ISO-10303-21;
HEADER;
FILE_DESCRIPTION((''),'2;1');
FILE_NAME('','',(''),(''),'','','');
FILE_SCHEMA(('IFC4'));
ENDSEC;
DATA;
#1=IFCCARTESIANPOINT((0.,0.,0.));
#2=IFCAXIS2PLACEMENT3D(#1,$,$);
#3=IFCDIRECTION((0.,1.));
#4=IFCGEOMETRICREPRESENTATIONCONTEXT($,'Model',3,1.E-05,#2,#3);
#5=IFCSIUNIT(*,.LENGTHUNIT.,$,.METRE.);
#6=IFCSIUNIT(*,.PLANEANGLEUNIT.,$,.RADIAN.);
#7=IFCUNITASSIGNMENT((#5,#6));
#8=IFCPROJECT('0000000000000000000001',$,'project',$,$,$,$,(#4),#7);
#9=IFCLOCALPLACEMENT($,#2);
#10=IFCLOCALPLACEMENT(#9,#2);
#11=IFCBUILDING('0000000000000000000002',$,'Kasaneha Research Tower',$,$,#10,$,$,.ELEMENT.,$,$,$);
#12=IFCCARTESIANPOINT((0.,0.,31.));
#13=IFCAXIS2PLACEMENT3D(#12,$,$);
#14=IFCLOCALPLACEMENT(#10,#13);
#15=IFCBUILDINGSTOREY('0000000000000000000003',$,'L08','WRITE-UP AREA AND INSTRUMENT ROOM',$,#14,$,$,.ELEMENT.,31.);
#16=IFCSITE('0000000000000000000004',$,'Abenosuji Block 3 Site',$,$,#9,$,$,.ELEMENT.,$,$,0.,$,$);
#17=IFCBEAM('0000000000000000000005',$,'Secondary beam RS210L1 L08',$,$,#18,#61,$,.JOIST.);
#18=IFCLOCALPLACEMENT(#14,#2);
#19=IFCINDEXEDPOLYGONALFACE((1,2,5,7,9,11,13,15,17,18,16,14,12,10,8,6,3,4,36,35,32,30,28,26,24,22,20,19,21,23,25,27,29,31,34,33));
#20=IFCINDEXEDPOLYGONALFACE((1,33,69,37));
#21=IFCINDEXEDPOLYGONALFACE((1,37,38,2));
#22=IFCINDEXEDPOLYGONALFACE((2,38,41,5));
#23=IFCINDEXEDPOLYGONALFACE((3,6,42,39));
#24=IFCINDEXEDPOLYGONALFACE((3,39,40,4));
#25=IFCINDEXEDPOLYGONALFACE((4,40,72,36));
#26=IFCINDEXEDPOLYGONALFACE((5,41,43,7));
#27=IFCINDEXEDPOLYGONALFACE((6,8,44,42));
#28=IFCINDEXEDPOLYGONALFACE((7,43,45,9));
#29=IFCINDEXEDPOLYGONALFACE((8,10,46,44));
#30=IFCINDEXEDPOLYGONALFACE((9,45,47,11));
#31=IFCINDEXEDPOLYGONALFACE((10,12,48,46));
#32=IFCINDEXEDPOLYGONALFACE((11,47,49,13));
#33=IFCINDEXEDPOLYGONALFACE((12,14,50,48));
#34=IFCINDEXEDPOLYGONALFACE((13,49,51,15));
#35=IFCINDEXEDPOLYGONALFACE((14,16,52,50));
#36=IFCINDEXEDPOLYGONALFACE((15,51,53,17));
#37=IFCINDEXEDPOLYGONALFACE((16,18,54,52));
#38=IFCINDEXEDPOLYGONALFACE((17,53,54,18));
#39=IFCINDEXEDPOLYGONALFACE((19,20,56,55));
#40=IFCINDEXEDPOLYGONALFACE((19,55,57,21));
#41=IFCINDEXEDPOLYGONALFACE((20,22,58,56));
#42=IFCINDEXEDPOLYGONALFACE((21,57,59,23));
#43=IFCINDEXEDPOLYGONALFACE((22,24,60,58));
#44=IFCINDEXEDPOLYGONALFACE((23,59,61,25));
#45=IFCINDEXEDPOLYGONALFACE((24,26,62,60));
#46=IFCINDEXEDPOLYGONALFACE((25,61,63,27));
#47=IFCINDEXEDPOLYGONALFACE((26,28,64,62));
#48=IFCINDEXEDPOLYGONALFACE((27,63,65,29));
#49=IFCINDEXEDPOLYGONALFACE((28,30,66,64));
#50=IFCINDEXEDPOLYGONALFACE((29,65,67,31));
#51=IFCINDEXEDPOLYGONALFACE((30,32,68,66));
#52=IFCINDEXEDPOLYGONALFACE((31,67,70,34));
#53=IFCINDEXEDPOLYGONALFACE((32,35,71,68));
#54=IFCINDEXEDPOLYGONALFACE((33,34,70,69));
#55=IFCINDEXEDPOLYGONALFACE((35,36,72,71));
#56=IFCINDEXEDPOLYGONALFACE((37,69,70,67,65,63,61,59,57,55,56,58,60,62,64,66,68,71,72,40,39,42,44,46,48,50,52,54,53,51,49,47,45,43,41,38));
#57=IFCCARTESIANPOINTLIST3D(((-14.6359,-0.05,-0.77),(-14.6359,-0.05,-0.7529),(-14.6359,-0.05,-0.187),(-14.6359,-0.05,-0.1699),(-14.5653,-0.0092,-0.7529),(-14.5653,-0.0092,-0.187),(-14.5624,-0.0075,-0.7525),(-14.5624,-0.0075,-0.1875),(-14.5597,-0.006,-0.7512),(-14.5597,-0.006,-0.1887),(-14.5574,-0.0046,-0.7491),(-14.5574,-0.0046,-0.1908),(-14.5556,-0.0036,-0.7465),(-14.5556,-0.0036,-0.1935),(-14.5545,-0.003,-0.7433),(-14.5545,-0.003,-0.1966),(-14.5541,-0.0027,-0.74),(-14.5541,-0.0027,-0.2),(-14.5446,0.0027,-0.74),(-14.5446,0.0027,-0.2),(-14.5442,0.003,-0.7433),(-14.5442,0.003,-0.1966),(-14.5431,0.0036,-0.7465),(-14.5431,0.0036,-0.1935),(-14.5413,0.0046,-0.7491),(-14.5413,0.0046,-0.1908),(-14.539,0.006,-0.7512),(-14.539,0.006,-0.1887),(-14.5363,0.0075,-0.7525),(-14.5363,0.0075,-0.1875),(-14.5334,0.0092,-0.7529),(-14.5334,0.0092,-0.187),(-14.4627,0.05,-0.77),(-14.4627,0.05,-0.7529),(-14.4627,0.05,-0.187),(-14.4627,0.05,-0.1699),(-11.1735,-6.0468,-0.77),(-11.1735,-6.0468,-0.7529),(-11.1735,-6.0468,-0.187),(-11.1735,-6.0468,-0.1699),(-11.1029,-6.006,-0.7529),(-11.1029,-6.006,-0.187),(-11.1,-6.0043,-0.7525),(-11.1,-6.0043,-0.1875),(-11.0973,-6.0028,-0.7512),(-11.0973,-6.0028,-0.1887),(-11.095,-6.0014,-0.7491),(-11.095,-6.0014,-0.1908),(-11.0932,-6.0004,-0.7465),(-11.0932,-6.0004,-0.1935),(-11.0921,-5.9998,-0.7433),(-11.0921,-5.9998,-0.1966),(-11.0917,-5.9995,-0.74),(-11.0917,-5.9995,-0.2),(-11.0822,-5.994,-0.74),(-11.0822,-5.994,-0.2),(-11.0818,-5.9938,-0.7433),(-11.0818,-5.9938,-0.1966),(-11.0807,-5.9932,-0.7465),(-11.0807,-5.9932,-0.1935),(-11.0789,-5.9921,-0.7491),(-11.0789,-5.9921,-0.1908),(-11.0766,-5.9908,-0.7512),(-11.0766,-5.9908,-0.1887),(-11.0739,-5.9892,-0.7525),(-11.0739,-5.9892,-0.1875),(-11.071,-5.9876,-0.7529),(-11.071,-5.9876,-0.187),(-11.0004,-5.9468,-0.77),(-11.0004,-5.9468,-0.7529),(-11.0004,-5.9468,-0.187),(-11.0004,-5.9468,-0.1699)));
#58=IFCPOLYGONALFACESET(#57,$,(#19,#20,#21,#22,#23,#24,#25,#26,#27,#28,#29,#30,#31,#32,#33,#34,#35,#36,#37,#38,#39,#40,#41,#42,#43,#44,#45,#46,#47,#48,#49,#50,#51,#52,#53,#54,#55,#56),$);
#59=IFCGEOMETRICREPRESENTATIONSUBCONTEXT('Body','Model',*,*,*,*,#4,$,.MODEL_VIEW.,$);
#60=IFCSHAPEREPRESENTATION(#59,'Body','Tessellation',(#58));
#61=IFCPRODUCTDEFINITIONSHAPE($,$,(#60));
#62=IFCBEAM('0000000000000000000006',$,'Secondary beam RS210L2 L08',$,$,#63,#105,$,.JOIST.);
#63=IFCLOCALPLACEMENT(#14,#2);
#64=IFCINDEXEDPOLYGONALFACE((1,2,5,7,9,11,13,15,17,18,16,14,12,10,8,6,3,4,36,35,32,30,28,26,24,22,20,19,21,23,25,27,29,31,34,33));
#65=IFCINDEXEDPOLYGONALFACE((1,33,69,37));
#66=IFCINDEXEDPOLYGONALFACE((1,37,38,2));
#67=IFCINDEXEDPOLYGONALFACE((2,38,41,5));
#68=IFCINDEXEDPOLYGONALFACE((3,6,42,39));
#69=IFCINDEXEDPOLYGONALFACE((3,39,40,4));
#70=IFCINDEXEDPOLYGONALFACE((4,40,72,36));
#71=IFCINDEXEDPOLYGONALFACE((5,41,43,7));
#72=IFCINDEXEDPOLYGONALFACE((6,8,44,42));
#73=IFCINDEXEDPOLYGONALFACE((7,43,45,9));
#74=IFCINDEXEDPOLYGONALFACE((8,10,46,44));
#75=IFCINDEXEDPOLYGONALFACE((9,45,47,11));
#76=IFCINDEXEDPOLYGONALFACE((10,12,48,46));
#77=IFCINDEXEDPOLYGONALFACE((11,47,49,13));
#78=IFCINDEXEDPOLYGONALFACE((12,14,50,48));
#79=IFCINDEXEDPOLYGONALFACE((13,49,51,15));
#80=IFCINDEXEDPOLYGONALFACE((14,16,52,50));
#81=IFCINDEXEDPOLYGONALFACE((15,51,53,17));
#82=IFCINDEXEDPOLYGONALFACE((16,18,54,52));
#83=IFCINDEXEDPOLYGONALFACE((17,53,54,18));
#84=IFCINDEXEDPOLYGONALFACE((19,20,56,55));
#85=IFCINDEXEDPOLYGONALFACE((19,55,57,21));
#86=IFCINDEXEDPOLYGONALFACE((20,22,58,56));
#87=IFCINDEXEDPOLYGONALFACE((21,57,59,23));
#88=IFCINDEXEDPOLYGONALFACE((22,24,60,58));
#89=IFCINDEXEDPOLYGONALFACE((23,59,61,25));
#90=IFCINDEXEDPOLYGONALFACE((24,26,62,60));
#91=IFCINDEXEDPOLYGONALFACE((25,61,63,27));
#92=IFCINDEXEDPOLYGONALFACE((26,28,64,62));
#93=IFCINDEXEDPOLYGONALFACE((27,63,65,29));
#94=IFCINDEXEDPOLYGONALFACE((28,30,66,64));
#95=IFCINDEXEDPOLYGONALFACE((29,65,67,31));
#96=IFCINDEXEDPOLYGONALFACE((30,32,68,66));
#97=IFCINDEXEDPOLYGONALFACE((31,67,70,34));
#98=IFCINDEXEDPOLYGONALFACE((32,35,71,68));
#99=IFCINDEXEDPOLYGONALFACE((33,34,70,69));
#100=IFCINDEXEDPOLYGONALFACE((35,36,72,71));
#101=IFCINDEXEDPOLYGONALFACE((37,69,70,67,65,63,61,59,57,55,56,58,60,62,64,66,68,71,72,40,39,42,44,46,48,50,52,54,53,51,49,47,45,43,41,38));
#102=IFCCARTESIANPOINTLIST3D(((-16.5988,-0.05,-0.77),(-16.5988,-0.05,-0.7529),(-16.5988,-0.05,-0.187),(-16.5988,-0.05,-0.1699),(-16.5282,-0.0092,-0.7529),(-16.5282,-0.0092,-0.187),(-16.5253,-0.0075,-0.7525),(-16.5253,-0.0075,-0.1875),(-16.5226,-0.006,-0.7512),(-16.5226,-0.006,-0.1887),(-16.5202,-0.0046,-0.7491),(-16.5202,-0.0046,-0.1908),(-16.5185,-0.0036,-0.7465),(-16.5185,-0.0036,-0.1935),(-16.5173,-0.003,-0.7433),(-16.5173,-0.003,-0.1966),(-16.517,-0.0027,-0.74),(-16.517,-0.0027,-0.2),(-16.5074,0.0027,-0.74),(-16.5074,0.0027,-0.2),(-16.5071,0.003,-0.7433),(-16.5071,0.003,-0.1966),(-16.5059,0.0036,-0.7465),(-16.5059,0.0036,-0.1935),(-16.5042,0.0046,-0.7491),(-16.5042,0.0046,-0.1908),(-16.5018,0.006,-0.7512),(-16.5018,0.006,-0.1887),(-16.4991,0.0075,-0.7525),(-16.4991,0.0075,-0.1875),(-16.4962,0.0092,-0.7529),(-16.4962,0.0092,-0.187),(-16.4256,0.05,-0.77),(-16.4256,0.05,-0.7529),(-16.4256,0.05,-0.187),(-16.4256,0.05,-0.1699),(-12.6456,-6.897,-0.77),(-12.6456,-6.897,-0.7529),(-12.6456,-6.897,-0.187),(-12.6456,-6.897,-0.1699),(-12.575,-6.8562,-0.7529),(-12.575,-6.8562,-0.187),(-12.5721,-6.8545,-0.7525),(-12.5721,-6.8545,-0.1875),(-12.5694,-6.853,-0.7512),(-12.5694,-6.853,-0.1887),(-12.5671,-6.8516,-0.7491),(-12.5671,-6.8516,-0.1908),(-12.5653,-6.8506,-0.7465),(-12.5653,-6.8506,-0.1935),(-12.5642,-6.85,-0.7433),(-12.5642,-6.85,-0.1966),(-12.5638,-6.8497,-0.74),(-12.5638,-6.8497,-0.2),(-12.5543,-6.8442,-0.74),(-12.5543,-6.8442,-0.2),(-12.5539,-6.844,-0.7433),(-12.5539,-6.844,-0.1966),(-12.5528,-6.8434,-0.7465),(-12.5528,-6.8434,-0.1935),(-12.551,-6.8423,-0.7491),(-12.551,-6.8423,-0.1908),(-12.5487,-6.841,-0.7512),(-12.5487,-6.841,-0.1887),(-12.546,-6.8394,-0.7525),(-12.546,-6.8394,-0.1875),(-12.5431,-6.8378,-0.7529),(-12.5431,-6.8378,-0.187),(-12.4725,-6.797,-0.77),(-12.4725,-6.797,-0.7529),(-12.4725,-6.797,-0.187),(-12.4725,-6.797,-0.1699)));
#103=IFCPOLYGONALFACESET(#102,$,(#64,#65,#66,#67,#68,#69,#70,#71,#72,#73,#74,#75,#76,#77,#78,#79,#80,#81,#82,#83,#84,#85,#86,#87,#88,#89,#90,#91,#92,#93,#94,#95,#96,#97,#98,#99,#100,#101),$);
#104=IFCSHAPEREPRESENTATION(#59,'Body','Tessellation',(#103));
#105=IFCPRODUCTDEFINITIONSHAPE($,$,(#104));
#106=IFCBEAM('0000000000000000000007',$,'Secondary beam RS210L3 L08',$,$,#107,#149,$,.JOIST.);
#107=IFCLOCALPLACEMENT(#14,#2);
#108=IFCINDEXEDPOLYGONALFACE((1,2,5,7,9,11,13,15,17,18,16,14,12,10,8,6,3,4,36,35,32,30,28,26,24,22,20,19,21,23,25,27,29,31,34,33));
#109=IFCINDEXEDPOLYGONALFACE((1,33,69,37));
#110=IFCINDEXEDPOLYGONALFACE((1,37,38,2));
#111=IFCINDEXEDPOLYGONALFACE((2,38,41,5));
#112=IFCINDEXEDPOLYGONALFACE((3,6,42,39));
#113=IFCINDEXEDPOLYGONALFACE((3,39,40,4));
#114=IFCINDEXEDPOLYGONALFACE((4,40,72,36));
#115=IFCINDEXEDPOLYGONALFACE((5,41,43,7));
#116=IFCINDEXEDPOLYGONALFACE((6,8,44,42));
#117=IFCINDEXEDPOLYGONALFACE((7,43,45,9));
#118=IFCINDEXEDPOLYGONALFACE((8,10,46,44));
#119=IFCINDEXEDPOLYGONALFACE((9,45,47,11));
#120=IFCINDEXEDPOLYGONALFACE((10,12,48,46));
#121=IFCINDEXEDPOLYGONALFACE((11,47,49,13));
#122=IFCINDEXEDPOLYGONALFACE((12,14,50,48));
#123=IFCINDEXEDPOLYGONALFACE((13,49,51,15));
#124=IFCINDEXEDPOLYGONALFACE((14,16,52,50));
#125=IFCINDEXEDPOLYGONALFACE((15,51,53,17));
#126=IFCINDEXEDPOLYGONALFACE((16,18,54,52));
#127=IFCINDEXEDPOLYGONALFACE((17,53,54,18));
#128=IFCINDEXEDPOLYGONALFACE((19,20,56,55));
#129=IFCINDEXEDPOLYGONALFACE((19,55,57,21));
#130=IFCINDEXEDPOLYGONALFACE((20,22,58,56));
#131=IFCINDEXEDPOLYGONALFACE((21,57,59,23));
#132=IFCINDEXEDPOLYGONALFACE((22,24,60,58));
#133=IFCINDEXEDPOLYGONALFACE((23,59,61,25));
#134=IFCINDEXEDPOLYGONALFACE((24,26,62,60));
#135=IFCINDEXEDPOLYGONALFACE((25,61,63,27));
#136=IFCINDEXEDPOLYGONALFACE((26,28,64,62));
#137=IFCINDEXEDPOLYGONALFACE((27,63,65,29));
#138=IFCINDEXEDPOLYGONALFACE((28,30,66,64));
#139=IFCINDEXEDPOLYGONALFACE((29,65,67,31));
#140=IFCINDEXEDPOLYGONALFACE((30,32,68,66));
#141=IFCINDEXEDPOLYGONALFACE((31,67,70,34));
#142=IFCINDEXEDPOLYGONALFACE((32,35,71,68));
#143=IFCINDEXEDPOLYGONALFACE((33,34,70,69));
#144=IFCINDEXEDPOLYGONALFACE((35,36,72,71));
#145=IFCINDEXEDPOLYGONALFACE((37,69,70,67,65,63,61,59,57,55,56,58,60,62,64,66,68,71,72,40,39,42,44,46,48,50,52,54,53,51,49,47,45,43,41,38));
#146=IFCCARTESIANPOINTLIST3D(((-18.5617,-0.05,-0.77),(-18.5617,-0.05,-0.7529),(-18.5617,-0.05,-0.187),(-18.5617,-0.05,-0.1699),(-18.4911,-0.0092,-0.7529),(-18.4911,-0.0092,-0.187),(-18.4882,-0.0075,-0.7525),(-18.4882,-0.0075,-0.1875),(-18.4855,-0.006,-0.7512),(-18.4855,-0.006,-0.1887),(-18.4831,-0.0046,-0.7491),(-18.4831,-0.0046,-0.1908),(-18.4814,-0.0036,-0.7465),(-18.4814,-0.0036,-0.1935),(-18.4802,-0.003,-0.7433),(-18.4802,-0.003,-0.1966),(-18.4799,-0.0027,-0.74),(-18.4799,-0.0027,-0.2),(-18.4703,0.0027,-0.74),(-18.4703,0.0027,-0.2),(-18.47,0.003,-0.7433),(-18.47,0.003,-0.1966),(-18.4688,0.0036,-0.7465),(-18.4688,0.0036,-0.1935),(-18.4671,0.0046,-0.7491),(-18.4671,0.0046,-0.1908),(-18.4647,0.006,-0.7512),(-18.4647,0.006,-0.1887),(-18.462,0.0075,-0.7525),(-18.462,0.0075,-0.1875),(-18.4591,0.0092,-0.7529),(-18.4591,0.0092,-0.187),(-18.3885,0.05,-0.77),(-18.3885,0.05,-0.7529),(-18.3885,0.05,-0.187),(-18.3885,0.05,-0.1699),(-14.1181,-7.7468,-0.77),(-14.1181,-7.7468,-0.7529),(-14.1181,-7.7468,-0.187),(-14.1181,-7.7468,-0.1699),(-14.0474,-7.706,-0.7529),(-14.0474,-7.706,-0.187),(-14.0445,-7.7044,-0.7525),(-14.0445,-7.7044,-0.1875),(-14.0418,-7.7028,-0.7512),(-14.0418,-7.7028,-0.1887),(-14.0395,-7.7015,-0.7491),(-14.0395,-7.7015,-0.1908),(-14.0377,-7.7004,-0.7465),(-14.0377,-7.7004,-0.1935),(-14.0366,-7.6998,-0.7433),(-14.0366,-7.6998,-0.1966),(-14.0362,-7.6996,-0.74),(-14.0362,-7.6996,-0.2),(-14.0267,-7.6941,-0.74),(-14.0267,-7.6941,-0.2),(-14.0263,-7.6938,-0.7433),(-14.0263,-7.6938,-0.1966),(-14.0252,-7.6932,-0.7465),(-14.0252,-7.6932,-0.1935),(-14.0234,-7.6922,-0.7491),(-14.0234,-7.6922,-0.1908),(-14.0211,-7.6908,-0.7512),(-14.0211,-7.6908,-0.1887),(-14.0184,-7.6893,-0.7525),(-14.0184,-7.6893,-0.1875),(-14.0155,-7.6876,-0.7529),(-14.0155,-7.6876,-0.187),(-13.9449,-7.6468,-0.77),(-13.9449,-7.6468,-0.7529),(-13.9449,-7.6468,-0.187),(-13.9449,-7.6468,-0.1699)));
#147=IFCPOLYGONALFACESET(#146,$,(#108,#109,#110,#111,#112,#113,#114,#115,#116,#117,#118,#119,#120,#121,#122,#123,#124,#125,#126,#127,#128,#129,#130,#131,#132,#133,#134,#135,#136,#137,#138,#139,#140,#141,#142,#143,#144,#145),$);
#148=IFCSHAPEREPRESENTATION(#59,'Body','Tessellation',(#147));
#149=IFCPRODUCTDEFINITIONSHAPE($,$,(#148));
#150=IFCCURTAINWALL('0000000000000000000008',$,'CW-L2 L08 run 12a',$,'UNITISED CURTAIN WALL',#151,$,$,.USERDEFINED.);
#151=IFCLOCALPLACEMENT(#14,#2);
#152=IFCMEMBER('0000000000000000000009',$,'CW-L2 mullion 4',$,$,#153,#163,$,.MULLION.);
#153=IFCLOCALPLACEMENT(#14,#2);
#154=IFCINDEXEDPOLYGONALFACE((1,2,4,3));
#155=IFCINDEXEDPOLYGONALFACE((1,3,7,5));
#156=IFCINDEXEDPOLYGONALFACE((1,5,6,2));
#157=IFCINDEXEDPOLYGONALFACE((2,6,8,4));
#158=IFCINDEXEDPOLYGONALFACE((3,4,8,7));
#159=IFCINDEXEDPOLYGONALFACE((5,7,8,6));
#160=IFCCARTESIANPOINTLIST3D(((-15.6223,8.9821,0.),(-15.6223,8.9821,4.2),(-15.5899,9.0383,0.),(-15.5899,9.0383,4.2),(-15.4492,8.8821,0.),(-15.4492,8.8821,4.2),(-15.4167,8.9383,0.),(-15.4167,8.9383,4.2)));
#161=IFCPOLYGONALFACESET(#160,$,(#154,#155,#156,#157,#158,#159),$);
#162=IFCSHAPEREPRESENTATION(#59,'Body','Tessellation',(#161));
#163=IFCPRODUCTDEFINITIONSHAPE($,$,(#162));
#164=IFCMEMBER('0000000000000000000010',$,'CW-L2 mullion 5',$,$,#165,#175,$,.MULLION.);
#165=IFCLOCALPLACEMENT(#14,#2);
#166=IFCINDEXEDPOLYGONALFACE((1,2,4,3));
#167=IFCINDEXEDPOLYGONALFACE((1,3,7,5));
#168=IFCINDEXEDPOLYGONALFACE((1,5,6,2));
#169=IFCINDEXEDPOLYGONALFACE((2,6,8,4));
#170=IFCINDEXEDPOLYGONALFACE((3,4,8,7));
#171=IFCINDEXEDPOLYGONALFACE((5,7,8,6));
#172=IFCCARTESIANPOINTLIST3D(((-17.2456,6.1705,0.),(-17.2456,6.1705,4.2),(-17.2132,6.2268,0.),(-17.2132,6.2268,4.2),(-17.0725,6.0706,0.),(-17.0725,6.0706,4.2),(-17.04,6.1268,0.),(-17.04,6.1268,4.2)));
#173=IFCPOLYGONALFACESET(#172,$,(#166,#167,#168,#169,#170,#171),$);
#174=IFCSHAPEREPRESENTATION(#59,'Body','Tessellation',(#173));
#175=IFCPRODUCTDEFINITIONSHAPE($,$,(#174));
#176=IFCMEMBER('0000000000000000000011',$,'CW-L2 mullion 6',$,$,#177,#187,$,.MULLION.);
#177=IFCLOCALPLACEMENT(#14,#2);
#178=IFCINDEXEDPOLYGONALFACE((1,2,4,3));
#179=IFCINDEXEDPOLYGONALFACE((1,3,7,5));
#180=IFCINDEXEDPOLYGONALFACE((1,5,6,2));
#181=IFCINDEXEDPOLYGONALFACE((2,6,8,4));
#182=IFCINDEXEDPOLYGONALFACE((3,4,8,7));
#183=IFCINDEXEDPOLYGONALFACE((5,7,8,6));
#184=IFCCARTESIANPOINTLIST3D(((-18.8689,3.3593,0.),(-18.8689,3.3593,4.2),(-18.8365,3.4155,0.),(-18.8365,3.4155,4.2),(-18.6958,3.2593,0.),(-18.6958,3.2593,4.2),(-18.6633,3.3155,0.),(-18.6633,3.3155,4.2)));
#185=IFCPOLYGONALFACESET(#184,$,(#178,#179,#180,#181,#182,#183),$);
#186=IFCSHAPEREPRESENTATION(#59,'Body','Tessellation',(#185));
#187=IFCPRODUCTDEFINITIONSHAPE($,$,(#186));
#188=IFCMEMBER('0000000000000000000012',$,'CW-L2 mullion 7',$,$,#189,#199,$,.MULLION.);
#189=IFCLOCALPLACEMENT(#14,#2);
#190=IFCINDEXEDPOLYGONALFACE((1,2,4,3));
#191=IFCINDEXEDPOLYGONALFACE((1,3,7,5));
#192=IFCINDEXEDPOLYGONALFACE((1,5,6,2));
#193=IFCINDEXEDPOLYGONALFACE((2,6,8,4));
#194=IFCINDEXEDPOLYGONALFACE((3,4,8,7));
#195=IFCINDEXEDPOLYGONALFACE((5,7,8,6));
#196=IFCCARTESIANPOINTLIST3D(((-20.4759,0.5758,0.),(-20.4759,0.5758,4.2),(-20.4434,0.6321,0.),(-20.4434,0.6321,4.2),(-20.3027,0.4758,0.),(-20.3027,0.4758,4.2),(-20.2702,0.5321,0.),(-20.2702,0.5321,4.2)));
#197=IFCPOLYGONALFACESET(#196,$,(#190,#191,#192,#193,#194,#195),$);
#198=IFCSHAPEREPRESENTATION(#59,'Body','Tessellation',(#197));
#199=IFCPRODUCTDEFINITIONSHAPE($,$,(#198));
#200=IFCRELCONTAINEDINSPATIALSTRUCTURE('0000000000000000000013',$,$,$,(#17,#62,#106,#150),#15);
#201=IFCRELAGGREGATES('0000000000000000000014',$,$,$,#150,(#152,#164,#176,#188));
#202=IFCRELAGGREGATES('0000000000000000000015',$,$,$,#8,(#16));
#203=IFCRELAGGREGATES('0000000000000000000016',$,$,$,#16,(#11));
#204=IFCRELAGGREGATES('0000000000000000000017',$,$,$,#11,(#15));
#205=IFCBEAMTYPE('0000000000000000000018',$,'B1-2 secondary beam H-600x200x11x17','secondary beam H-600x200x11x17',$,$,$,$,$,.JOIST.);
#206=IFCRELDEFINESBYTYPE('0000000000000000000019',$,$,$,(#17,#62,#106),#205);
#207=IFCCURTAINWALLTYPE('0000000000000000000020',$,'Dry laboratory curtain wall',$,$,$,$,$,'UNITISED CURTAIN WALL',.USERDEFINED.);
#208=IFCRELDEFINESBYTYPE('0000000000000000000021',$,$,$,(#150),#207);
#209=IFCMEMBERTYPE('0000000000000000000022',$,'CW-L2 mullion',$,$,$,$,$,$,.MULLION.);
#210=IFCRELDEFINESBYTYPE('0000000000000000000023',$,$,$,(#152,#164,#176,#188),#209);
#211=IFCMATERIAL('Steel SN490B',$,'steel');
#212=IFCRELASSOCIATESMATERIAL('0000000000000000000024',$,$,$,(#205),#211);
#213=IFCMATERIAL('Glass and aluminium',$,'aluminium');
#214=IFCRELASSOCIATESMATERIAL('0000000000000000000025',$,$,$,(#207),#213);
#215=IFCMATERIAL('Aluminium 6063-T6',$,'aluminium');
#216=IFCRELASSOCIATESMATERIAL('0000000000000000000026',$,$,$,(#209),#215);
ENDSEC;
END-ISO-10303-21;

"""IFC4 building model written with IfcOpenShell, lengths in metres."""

from ifc_helpers import new_model, si_unit, direction, frame, origin, origin_2d, place, context, subcontext, project, spatial, rectangle, i_section, extrude, material, material_profile, profile_set, type_object, element, aggregate, save


model = new_model("IFC4")

# Units and contexts
model_context = context("Model", 3, precision=1e-05, world=origin(), true_north=direction((0.0, 1.0)))
body_context = subcontext(model_context, "Body", "Model", "MODEL_VIEW")
ifc_project = project(units=[si_unit("LENGTHUNIT", "METRE"), si_unit("PLANEANGLEUNIT", "RADIAN")], contexts=[model_context])

# Site, building, storey
site_placement = place(None, origin())
site = spatial("IfcSite", under=ifc_project, at=site_placement, Name="Abenosuji Block 3 Site", CompositionType="ELEMENT", RefElevation=0.0)
building_placement = place(site_placement, origin())
building = spatial("IfcBuilding", under=site, at=building_placement, Name="Kasaneha Research Tower", CompositionType="ELEMENT")
storey_placement = place(building_placement, frame((0.0, 0.0, 31.0)))
storey = spatial("IfcBuildingStorey", under=building, at=storey_placement, Name="L08", Description="WRITE-UP AREA AND INSTRUMENT ROOM", CompositionType="ELEMENT", Elevation=31.0)

# Beams
ifc_material_1 = material(Name="Steel SN490B", Category="steel")
ifc_material_profile_1 = material_profile(ifc_material_1, i_section(OverallWidth=0.2, OverallDepth=0.6001, WebThickness=0.011, FlangeThickness=0.0171, FilletRadius=0.0129, at=origin_2d()), Name="H-600x200x11x17")
ifc_profile_set_1 = profile_set([ifc_material_profile_1], Name="Steel SN490B")
beam_type_1 = type_object("IfcBeamType", Name="B1-2 secondary beam H-600x200x11x17", Description="secondary beam H-600x200x11x17", PredefinedType="JOIST", material=ifc_profile_set_1)
beam_1_placement = place(storey_placement, frame((-14.5493, 0.0, -0.47), z_axis=(0.500014, -0.866017, 0.0), x_axis=(0.866017, 0.500014, 0.0)))
element("IfcBeam", 1, at=beam_1_placement, inside=storey, type_object=beam_type_1, Name="Secondary beam RS210L1 L08", PredefinedType="JOIST", context=body_context, shape_type="SweptSolid", body=[
    extrude(i_section(OverallWidth=0.2, OverallDepth=0.6001, WebThickness=0.011, FlangeThickness=0.0171, FilletRadius=0.0129, at=origin_2d()), origin(), (0.0, 0.0, 1.0), 6.9246),
])
beam_2_placement = place(storey_placement, frame((-16.5122, 0.0, -0.47), z_axis=(0.500005, -0.866023, 0.0), x_axis=(0.866023, 0.500005, 0.0)))
element("IfcBeam", 2, at=beam_2_placement, inside=storey, type_object=beam_type_1, Name="Secondary beam RS210L2 L08", PredefinedType="JOIST", context=body_context, shape_type="SweptSolid", body=[
    extrude(i_section(OverallWidth=0.2, OverallDepth=0.6001, WebThickness=0.011, FlangeThickness=0.0171, FilletRadius=0.0129, at=origin_2d()), origin(), (0.0, 0.0, 1.0), 7.9062),
])
beam_3_placement = place(storey_placement, frame((-18.4751, 0.0, -0.47), z_axis=(0.499989, -0.866032, 0.0), x_axis=(0.866032, 0.499989, 0.0)))
element("IfcBeam", 3, at=beam_3_placement, inside=storey, type_object=beam_type_1, Name="Secondary beam RS210L3 L08", PredefinedType="JOIST", context=body_context, shape_type="SweptSolid", body=[
    extrude(i_section(OverallWidth=0.2, OverallDepth=0.6001, WebThickness=0.011, FlangeThickness=0.0171, FilletRadius=0.0129, at=origin_2d()), origin(), (0.0, 0.0, 1.0), 8.8875),
])

# Curtain wall, members
ifc_material_2 = material(Name="Glass and aluminium", Category="aluminium")
curtain_wall_type = type_object("IfcCurtainWallType", Name="Dry laboratory curtain wall", ElementType="UNITISED CURTAIN WALL", PredefinedType="USERDEFINED", material=ifc_material_2)
curtain_wall_1_placement = place(storey_placement, origin())
curtain_wall_1 = element("IfcCurtainWall", 4, at=curtain_wall_1_placement, inside=storey, type_object=curtain_wall_type, Name="CW-L2 L08 run 12a", ObjectType="UNITISED CURTAIN WALL", PredefinedType="USERDEFINED")
ifc_material_3 = material(Name="Aluminium 6063-T6", Category="aluminium")
ifc_material_profile_2 = material_profile(ifc_material_3, rectangle(XDim=0.0649, YDim=0.2, at=origin_2d()), Name="CW-L2 mullion 65x200")
ifc_profile_set_2 = profile_set([ifc_material_profile_2], Name="Aluminium 6063-T6")
member_type_1 = type_object("IfcMemberType", Name="CW-L2 mullion", PredefinedType="MULLION", material=ifc_profile_set_2)
member_1_placement = place(storey_placement, frame((-15.5195, 8.9602, 0.0), z_axis=(0.0, 0.0, 1.0), x_axis=(-0.5, -0.866025, 0.0)))
member_1 = element("IfcMember", 5, at=member_1_placement, type_object=member_type_1, Name="CW-L2 mullion 4", PredefinedType="MULLION", context=body_context, shape_type="SweptSolid", body=[
    extrude(rectangle(XDim=0.0649, YDim=0.2, at=origin_2d()), origin(), (0.0, 0.0, 1.0), 4.2),
])
member_2_placement = place(storey_placement, frame((-17.1428, 6.1487, 0.0), z_axis=(0.0, 0.0, 1.0), x_axis=(-0.5, -0.866025, 0.0)))
member_2 = element("IfcMember", 6, at=member_2_placement, type_object=member_type_1, Name="CW-L2 mullion 5", PredefinedType="MULLION", context=body_context, shape_type="SweptSolid", body=[
    extrude(rectangle(XDim=0.0649, YDim=0.2, at=origin_2d()), origin(), (0.0, 0.0, 1.0), 4.2),
])
member_3_placement = place(storey_placement, frame((-18.7661, 3.3374, 0.0), z_axis=(0.0, 0.0, 1.0), x_axis=(-0.5, -0.866025, 0.0)))
member_3 = element("IfcMember", 7, at=member_3_placement, type_object=member_type_1, Name="CW-L2 mullion 6", PredefinedType="MULLION", context=body_context, shape_type="SweptSolid", body=[
    extrude(rectangle(XDim=0.0649, YDim=0.2, at=origin_2d()), origin(), (0.0, 0.0, 1.0), 4.2),
])
member_4_placement = place(storey_placement, frame((-20.373, 0.554, 0.0), z_axis=(0.0, 0.0, 1.0), x_axis=(-0.5, -0.866025, 0.0)))
member_4 = element("IfcMember", 8, at=member_4_placement, type_object=member_type_1, Name="CW-L2 mullion 7", PredefinedType="MULLION", context=body_context, shape_type="SweptSolid", body=[
    extrude(rectangle(XDim=0.0649, YDim=0.2, at=origin_2d()), origin(), (0.0, 0.0, 1.0), 4.2),
])

aggregate(curtain_wall_1, [member_1, member_2, member_3, member_4])

save(model, "model.ifc")
